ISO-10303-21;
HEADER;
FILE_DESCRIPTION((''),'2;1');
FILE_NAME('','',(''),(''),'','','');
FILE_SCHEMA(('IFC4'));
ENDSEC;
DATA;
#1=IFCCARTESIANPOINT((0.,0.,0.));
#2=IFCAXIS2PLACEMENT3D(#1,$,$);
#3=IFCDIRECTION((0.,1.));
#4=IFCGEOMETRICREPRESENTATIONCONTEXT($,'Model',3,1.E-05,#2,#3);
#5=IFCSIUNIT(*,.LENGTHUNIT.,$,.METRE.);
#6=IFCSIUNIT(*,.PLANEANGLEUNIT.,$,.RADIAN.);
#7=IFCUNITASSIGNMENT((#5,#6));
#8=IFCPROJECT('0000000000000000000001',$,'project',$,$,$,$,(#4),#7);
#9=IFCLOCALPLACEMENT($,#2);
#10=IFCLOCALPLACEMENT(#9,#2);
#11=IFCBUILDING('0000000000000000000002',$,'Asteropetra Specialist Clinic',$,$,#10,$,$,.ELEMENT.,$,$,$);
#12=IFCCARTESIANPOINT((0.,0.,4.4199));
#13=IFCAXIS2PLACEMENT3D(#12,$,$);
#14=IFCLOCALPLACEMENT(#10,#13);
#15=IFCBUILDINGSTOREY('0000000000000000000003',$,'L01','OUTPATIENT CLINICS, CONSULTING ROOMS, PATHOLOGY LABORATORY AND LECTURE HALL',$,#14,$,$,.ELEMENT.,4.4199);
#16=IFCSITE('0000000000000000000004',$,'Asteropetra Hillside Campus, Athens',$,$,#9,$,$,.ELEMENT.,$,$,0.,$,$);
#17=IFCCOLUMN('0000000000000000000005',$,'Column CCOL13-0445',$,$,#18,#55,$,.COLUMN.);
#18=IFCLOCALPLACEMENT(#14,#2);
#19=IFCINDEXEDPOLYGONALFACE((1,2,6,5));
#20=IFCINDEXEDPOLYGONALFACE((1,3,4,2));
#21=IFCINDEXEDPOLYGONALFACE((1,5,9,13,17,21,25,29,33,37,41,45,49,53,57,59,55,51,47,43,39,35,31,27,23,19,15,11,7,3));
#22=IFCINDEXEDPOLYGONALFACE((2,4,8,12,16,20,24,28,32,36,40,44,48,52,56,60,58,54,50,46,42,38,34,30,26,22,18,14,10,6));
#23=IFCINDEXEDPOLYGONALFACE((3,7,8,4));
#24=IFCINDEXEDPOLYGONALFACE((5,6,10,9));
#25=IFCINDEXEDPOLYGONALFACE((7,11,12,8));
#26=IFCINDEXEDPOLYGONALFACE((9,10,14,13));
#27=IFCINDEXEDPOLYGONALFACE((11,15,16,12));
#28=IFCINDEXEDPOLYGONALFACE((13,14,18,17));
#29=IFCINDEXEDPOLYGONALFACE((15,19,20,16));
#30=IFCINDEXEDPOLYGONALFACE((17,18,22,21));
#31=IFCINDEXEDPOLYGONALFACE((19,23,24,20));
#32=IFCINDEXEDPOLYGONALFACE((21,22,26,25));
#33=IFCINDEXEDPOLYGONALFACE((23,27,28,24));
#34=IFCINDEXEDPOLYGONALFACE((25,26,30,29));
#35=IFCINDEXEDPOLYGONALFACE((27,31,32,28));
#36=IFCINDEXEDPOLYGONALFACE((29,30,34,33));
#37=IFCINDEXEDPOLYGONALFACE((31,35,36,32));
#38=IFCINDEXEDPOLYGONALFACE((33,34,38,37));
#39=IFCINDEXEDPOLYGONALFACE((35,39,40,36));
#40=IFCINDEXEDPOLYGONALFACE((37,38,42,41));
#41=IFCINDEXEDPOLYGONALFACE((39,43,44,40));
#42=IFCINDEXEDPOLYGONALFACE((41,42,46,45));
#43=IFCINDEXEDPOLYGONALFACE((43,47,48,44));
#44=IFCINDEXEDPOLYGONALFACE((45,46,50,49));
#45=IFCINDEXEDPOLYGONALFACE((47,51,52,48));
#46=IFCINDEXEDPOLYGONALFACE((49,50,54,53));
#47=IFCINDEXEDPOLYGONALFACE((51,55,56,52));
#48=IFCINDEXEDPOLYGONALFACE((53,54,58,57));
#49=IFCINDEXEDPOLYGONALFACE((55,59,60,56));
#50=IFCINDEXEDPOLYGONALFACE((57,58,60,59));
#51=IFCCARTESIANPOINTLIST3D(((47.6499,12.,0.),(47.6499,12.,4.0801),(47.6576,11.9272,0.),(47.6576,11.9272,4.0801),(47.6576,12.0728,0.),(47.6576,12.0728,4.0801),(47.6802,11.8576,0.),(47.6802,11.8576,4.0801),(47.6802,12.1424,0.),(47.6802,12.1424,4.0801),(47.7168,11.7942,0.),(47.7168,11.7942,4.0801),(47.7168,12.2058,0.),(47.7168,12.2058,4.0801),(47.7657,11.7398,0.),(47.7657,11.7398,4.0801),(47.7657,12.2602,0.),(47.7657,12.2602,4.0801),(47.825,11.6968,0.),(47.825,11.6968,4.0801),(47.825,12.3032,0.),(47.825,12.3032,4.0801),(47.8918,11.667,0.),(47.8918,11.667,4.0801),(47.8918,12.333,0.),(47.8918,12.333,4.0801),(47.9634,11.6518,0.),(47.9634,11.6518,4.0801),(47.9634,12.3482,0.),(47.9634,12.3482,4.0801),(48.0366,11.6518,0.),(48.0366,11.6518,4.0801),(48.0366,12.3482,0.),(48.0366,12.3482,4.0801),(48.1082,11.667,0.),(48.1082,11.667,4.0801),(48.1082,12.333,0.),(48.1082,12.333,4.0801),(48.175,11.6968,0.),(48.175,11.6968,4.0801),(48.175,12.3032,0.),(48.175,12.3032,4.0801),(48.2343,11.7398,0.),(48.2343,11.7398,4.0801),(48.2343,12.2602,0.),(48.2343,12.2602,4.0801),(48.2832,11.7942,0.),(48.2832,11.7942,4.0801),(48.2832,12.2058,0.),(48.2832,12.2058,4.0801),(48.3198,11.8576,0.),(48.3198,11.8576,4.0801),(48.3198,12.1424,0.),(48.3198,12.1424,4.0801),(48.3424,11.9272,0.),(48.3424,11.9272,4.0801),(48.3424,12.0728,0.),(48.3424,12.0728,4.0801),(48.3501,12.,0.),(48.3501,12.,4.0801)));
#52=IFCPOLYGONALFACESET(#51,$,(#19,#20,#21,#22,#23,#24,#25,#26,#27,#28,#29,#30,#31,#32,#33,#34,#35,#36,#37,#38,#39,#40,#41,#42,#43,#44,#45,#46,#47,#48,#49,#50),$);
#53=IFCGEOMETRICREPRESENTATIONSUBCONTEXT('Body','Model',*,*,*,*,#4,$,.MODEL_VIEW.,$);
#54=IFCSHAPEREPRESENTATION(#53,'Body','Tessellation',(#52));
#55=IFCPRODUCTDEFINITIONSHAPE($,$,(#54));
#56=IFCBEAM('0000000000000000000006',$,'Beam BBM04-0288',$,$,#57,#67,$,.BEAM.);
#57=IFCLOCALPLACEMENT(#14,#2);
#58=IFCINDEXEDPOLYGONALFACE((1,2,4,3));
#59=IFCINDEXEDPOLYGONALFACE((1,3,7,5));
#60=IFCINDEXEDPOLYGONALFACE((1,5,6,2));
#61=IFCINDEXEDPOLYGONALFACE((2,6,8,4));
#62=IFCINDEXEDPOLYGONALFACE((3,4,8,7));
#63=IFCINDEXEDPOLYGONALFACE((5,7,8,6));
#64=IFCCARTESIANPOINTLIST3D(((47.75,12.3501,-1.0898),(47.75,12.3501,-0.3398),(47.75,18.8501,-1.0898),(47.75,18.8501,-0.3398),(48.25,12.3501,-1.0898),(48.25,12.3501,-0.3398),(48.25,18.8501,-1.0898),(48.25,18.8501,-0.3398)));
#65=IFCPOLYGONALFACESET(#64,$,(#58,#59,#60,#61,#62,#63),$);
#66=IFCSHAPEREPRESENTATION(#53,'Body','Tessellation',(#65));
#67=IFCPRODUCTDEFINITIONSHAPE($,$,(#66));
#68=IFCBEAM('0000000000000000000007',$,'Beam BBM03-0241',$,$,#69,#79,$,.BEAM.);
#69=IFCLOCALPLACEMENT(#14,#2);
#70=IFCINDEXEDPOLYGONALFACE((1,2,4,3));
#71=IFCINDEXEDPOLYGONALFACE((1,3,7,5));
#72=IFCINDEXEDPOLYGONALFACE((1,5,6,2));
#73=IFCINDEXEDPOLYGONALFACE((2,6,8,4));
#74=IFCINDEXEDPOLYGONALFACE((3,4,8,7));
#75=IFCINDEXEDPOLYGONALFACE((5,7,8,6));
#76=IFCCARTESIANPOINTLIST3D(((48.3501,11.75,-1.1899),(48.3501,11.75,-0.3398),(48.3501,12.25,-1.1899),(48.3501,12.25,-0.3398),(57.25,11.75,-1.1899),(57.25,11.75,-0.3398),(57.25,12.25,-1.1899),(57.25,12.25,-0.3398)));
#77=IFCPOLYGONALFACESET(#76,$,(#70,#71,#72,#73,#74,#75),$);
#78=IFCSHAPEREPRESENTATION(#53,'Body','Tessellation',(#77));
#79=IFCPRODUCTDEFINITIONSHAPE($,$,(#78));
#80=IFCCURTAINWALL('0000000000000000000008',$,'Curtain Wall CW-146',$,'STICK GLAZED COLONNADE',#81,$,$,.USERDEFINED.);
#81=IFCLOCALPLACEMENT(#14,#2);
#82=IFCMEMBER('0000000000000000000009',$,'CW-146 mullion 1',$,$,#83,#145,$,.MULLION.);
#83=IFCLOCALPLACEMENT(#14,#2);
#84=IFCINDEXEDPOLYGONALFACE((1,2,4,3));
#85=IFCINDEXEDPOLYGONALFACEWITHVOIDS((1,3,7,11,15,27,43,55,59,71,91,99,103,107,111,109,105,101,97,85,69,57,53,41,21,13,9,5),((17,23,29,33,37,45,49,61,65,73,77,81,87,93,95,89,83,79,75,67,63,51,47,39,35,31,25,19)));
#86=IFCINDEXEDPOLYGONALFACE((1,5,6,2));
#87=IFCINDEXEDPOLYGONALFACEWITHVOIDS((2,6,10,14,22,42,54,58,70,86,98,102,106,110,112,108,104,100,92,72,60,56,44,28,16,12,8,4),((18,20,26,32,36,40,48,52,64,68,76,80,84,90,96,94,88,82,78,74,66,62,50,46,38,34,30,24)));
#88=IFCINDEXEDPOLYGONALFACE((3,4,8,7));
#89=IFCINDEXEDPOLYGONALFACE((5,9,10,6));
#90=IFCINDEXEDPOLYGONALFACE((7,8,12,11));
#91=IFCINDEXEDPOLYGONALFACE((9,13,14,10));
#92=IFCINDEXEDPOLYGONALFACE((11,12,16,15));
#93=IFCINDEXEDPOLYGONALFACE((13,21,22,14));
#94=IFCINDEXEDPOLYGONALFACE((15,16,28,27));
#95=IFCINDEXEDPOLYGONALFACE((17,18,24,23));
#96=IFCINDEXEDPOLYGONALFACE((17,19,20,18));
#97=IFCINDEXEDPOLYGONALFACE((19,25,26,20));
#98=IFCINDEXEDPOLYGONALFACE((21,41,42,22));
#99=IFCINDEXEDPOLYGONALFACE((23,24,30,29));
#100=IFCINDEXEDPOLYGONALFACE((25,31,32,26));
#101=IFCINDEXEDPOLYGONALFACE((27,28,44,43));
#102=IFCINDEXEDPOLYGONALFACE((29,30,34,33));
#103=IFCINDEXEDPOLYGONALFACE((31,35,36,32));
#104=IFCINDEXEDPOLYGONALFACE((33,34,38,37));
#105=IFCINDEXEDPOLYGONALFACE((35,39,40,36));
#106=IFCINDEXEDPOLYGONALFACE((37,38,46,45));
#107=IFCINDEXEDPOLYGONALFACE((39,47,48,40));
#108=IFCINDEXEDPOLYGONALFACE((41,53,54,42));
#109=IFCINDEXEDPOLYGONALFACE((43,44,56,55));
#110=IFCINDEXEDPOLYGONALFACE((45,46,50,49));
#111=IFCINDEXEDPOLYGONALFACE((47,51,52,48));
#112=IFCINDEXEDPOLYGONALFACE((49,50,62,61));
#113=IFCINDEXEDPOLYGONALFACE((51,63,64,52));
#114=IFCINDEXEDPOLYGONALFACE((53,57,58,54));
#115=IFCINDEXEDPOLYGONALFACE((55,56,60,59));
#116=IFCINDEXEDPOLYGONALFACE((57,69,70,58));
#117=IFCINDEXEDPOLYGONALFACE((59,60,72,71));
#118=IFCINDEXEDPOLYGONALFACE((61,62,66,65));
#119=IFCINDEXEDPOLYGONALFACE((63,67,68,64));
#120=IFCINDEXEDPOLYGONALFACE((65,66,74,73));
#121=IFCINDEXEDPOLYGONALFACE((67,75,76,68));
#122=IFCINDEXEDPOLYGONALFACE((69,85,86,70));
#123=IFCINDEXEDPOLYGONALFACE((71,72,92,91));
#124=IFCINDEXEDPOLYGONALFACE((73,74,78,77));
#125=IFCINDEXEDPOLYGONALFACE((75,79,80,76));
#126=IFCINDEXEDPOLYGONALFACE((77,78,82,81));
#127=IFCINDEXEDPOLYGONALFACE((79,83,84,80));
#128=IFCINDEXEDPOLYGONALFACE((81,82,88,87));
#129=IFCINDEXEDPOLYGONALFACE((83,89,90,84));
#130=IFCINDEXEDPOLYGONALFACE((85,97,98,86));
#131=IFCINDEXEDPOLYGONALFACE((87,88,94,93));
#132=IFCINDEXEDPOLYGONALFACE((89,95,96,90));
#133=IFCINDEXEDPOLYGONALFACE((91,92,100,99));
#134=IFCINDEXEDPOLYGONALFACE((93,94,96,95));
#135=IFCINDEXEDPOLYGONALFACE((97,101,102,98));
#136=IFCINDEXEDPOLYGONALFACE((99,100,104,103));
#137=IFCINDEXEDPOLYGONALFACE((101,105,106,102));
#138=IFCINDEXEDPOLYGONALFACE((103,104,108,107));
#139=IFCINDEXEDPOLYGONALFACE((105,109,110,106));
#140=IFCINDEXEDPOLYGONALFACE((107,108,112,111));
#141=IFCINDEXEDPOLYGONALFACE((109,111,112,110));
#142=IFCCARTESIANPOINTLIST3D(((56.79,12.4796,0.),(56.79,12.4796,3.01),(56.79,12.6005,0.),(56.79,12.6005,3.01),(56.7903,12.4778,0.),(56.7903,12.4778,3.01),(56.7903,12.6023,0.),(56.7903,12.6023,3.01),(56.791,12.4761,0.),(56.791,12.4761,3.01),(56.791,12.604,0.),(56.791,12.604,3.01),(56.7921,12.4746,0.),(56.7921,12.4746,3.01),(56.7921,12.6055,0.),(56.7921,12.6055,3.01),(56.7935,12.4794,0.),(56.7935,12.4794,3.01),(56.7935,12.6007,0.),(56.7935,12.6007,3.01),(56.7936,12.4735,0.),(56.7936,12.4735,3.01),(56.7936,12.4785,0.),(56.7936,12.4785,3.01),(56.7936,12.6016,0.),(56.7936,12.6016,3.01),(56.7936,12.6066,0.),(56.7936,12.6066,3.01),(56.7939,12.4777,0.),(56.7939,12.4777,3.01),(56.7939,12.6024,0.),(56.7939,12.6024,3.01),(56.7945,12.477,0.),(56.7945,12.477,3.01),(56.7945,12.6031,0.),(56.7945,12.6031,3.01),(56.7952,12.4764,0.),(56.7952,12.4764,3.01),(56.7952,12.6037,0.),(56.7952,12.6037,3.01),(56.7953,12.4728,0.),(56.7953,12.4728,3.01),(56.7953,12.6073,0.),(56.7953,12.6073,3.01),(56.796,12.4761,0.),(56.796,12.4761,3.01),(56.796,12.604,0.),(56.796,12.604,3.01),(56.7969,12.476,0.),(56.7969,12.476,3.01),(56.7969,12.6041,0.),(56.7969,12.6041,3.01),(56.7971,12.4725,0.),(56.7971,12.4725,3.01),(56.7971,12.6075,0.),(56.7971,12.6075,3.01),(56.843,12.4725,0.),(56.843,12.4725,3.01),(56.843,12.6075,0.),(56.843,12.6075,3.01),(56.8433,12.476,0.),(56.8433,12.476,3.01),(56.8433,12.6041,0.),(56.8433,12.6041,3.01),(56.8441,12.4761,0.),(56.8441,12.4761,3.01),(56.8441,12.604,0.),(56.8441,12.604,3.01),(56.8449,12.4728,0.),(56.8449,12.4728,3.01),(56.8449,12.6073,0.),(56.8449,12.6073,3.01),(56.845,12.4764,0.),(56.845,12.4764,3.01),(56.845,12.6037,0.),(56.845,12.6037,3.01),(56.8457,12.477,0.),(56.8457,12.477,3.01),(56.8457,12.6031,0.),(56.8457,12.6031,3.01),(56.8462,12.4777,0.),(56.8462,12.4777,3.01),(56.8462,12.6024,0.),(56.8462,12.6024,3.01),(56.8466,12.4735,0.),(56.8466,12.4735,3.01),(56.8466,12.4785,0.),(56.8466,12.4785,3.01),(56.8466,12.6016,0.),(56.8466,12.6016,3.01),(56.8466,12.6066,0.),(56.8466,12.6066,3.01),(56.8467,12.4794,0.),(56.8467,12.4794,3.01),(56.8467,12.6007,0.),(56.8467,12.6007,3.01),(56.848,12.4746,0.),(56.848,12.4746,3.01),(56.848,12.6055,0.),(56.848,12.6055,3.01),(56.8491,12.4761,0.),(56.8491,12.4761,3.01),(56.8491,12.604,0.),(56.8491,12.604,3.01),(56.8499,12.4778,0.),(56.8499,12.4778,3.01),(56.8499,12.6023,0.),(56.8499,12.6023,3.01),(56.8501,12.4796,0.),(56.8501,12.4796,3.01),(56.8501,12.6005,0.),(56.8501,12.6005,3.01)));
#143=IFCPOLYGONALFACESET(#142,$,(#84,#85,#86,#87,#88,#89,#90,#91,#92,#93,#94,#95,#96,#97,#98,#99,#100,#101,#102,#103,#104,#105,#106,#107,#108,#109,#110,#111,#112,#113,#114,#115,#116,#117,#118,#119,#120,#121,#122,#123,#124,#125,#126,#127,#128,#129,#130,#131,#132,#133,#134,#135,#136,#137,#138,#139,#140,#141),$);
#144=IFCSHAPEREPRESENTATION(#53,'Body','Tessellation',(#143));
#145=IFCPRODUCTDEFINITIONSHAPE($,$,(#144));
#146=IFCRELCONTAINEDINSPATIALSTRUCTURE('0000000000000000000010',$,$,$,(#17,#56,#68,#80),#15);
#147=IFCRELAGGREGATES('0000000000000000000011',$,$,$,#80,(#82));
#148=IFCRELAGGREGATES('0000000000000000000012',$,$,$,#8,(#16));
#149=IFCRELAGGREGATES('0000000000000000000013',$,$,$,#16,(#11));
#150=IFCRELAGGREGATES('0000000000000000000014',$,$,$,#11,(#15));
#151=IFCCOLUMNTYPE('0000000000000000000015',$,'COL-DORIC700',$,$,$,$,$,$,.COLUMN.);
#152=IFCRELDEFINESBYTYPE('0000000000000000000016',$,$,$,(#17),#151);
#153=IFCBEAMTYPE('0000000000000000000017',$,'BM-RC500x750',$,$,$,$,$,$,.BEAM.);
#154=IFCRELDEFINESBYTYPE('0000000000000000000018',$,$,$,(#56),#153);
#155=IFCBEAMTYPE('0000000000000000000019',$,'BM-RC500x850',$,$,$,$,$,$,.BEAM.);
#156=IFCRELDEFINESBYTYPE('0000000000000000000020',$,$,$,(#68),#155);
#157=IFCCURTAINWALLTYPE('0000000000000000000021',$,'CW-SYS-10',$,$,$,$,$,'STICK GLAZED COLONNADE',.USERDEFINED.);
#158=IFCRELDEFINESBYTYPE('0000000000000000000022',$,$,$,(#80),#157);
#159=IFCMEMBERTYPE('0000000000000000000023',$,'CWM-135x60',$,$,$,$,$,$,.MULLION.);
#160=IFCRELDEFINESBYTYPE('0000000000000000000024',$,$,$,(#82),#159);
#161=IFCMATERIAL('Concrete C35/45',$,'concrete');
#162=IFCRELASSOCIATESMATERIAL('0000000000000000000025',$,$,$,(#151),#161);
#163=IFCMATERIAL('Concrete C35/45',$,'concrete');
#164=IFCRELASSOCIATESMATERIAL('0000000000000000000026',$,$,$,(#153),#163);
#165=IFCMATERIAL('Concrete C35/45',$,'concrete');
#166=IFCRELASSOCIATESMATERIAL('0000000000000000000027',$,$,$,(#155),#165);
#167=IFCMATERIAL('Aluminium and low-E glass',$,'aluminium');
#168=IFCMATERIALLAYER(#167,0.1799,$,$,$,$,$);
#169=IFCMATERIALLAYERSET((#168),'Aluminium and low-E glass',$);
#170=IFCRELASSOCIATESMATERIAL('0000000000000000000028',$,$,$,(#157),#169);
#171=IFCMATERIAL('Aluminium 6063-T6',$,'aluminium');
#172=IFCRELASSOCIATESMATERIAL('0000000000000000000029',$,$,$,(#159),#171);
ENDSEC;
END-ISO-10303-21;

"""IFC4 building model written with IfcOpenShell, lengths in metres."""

from ifc_helpers import new_model, si_unit, direction, frame, origin, origin_2d, place, context, subcontext, project, spatial, rectangle, hollow_rectangle, circle, extrude, material, layer, layer_set, material_profile, profile_set, type_object, element, aggregate, save


model = new_model("IFC4")

# Units and contexts
model_context = context("Model", 3, precision=1e-05, world=origin(), true_north=direction((0.0, 1.0)))
body_context = subcontext(model_context, "Body", "Model", "MODEL_VIEW")
ifc_project = project(units=[si_unit("LENGTHUNIT", "METRE"), si_unit("PLANEANGLEUNIT", "RADIAN")], contexts=[model_context])

# Site, building, storey
site_placement = place(None, origin())
site = spatial("IfcSite", under=ifc_project, at=site_placement, Name="Asteropetra Hillside Campus, Athens", CompositionType="ELEMENT", RefElevation=0.0)
building_placement = place(site_placement, origin())
building = spatial("IfcBuilding", under=site, at=building_placement, Name="Asteropetra Specialist Clinic", CompositionType="ELEMENT")
storey_placement = place(building_placement, frame((0.0, 0.0, 4.4199)))
storey = spatial("IfcBuildingStorey", under=building, at=storey_placement, Name="L01", Description="OUTPATIENT CLINICS, CONSULTING ROOMS, PATHOLOGY LABORATORY AND LECTURE HALL", CompositionType="ELEMENT", Elevation=4.4199)

# Column
ifc_material_1 = material(Name="Concrete C35/45", Category="concrete")
ifc_material_profile_1 = material_profile(ifc_material_1, circle(Radius=0.3501, at=origin_2d()), Name="RCC D700")
ifc_profile_set_1 = profile_set([ifc_material_profile_1], Name="Concrete C35/45")
column_type = type_object("IfcColumnType", Name="COL-DORIC700", PredefinedType="COLUMN", material=ifc_profile_set_1)
column_placement = place(storey_placement, frame((48.0, 12.0, 0.0), z_axis=(0.0, 0.0, 1.0), x_axis=(1.0, 0.0, 0.0)))
element("IfcColumn", 1, at=column_placement, inside=storey, type_object=column_type, Name="Column CCOL13-0445", PredefinedType="COLUMN", context=body_context, shape_type="SweptSolid", body=[
    extrude(circle(Radius=0.3501, at=origin_2d()), origin(), (0.0, 0.0, 1.0), 4.0801),
])

# Beams
ifc_material_2 = material(Name="Concrete C35/45", Category="concrete")
ifc_material_profile_2 = material_profile(ifc_material_2, rectangle(XDim=0.5, YDim=0.75, at=origin_2d()), Name="RCB 500x750")
ifc_profile_set_2 = profile_set([ifc_material_profile_2], Name="Concrete C35/45")
beam_type_1 = type_object("IfcBeamType", Name="BM-RC500x750", PredefinedType="BEAM", material=ifc_profile_set_2)
beam_1_placement = place(storey_placement, frame((48.0, 12.3501, -0.7148), z_axis=(0.0, 1.0, 0.0), x_axis=(-1.0, 0.0, 0.0)))
element("IfcBeam", 2, at=beam_1_placement, inside=storey, type_object=beam_type_1, Name="Beam BBM04-0288", PredefinedType="BEAM", context=body_context, shape_type="SweptSolid", body=[
    extrude(rectangle(XDim=0.5, YDim=0.75, at=origin_2d()), origin(), (0.0, 0.0, 1.0), 6.5),
])
ifc_material_3 = material(Name="Concrete C35/45", Category="concrete")
ifc_material_profile_3 = material_profile(ifc_material_3, rectangle(XDim=0.5, YDim=0.8501, at=origin_2d()), Name="RCB 500x850")
ifc_profile_set_3 = profile_set([ifc_material_profile_3], Name="Concrete C35/45")
beam_type_2 = type_object("IfcBeamType", Name="BM-RC500x850", PredefinedType="BEAM", material=ifc_profile_set_3)
beam_2_placement = place(storey_placement, frame((48.3501, 12.0, -0.7649), z_axis=(1.0, 0.0, 0.0), x_axis=(0.0, 1.0, 0.0)))
element("IfcBeam", 3, at=beam_2_placement, inside=storey, type_object=beam_type_2, Name="Beam BBM03-0241", PredefinedType="BEAM", context=body_context, shape_type="SweptSolid", body=[
    extrude(rectangle(XDim=0.5, YDim=0.8501, at=origin_2d()), origin(), (0.0, 0.0, 1.0), 8.8999),
])

# Curtain wall, member
ifc_material_4 = material(Name="Aluminium and low-E glass", Category="aluminium")
ifc_layer_1 = layer(ifc_material_4, 0.1799)
ifc_layer_set_1 = layer_set([ifc_layer_1], Name="Aluminium and low-E glass")
curtain_wall_type = type_object("IfcCurtainWallType", Name="CW-SYS-10", ElementType="STICK GLAZED COLONNADE", PredefinedType="USERDEFINED", material=ifc_layer_set_1)
curtain_wall_1_placement = place(storey_placement, origin())
curtain_wall_1 = element("IfcCurtainWall", 4, at=curtain_wall_1_placement, inside=storey, type_object=curtain_wall_type, Name="Curtain Wall CW-146", ObjectType="STICK GLAZED COLONNADE", PredefinedType="USERDEFINED")
ifc_material_5 = material(Name="Aluminium 6063-T6", Category="aluminium")
ifc_material_profile_4 = material_profile(ifc_material_5, hollow_rectangle(XDim=0.0601, YDim=0.135, WallThickness=0.0034, InnerFilletRadius=0.0034, OuterFilletRadius=0.0071, at=origin_2d()), Name="MUL 135x60x3.5")
ifc_profile_set_4 = profile_set([ifc_material_profile_4], Name="Aluminium 6063-T6")
member_type_1 = type_object("IfcMemberType", Name="CWM-135x60", PredefinedType="MULLION", material=ifc_profile_set_4)
member_1_placement = place(storey_placement, frame((56.8201, 12.54, 0.0), z_axis=(0.0, 0.0, 1.0), x_axis=(-1.0, 0.0, 0.0)))
member_1 = element("IfcMember", 5, at=member_1_placement, type_object=member_type_1, Name="CW-146 mullion 1", PredefinedType="MULLION", context=body_context, shape_type="SweptSolid", body=[
    extrude(hollow_rectangle(XDim=0.0601, YDim=0.135, WallThickness=0.0034, InnerFilletRadius=0.0034, OuterFilletRadius=0.0071, at=origin_2d()), origin(), (0.0, 0.0, 1.0), 3.01),
])
aggregate(curtain_wall_1, [member_1])

save(model, "model.ifc")
